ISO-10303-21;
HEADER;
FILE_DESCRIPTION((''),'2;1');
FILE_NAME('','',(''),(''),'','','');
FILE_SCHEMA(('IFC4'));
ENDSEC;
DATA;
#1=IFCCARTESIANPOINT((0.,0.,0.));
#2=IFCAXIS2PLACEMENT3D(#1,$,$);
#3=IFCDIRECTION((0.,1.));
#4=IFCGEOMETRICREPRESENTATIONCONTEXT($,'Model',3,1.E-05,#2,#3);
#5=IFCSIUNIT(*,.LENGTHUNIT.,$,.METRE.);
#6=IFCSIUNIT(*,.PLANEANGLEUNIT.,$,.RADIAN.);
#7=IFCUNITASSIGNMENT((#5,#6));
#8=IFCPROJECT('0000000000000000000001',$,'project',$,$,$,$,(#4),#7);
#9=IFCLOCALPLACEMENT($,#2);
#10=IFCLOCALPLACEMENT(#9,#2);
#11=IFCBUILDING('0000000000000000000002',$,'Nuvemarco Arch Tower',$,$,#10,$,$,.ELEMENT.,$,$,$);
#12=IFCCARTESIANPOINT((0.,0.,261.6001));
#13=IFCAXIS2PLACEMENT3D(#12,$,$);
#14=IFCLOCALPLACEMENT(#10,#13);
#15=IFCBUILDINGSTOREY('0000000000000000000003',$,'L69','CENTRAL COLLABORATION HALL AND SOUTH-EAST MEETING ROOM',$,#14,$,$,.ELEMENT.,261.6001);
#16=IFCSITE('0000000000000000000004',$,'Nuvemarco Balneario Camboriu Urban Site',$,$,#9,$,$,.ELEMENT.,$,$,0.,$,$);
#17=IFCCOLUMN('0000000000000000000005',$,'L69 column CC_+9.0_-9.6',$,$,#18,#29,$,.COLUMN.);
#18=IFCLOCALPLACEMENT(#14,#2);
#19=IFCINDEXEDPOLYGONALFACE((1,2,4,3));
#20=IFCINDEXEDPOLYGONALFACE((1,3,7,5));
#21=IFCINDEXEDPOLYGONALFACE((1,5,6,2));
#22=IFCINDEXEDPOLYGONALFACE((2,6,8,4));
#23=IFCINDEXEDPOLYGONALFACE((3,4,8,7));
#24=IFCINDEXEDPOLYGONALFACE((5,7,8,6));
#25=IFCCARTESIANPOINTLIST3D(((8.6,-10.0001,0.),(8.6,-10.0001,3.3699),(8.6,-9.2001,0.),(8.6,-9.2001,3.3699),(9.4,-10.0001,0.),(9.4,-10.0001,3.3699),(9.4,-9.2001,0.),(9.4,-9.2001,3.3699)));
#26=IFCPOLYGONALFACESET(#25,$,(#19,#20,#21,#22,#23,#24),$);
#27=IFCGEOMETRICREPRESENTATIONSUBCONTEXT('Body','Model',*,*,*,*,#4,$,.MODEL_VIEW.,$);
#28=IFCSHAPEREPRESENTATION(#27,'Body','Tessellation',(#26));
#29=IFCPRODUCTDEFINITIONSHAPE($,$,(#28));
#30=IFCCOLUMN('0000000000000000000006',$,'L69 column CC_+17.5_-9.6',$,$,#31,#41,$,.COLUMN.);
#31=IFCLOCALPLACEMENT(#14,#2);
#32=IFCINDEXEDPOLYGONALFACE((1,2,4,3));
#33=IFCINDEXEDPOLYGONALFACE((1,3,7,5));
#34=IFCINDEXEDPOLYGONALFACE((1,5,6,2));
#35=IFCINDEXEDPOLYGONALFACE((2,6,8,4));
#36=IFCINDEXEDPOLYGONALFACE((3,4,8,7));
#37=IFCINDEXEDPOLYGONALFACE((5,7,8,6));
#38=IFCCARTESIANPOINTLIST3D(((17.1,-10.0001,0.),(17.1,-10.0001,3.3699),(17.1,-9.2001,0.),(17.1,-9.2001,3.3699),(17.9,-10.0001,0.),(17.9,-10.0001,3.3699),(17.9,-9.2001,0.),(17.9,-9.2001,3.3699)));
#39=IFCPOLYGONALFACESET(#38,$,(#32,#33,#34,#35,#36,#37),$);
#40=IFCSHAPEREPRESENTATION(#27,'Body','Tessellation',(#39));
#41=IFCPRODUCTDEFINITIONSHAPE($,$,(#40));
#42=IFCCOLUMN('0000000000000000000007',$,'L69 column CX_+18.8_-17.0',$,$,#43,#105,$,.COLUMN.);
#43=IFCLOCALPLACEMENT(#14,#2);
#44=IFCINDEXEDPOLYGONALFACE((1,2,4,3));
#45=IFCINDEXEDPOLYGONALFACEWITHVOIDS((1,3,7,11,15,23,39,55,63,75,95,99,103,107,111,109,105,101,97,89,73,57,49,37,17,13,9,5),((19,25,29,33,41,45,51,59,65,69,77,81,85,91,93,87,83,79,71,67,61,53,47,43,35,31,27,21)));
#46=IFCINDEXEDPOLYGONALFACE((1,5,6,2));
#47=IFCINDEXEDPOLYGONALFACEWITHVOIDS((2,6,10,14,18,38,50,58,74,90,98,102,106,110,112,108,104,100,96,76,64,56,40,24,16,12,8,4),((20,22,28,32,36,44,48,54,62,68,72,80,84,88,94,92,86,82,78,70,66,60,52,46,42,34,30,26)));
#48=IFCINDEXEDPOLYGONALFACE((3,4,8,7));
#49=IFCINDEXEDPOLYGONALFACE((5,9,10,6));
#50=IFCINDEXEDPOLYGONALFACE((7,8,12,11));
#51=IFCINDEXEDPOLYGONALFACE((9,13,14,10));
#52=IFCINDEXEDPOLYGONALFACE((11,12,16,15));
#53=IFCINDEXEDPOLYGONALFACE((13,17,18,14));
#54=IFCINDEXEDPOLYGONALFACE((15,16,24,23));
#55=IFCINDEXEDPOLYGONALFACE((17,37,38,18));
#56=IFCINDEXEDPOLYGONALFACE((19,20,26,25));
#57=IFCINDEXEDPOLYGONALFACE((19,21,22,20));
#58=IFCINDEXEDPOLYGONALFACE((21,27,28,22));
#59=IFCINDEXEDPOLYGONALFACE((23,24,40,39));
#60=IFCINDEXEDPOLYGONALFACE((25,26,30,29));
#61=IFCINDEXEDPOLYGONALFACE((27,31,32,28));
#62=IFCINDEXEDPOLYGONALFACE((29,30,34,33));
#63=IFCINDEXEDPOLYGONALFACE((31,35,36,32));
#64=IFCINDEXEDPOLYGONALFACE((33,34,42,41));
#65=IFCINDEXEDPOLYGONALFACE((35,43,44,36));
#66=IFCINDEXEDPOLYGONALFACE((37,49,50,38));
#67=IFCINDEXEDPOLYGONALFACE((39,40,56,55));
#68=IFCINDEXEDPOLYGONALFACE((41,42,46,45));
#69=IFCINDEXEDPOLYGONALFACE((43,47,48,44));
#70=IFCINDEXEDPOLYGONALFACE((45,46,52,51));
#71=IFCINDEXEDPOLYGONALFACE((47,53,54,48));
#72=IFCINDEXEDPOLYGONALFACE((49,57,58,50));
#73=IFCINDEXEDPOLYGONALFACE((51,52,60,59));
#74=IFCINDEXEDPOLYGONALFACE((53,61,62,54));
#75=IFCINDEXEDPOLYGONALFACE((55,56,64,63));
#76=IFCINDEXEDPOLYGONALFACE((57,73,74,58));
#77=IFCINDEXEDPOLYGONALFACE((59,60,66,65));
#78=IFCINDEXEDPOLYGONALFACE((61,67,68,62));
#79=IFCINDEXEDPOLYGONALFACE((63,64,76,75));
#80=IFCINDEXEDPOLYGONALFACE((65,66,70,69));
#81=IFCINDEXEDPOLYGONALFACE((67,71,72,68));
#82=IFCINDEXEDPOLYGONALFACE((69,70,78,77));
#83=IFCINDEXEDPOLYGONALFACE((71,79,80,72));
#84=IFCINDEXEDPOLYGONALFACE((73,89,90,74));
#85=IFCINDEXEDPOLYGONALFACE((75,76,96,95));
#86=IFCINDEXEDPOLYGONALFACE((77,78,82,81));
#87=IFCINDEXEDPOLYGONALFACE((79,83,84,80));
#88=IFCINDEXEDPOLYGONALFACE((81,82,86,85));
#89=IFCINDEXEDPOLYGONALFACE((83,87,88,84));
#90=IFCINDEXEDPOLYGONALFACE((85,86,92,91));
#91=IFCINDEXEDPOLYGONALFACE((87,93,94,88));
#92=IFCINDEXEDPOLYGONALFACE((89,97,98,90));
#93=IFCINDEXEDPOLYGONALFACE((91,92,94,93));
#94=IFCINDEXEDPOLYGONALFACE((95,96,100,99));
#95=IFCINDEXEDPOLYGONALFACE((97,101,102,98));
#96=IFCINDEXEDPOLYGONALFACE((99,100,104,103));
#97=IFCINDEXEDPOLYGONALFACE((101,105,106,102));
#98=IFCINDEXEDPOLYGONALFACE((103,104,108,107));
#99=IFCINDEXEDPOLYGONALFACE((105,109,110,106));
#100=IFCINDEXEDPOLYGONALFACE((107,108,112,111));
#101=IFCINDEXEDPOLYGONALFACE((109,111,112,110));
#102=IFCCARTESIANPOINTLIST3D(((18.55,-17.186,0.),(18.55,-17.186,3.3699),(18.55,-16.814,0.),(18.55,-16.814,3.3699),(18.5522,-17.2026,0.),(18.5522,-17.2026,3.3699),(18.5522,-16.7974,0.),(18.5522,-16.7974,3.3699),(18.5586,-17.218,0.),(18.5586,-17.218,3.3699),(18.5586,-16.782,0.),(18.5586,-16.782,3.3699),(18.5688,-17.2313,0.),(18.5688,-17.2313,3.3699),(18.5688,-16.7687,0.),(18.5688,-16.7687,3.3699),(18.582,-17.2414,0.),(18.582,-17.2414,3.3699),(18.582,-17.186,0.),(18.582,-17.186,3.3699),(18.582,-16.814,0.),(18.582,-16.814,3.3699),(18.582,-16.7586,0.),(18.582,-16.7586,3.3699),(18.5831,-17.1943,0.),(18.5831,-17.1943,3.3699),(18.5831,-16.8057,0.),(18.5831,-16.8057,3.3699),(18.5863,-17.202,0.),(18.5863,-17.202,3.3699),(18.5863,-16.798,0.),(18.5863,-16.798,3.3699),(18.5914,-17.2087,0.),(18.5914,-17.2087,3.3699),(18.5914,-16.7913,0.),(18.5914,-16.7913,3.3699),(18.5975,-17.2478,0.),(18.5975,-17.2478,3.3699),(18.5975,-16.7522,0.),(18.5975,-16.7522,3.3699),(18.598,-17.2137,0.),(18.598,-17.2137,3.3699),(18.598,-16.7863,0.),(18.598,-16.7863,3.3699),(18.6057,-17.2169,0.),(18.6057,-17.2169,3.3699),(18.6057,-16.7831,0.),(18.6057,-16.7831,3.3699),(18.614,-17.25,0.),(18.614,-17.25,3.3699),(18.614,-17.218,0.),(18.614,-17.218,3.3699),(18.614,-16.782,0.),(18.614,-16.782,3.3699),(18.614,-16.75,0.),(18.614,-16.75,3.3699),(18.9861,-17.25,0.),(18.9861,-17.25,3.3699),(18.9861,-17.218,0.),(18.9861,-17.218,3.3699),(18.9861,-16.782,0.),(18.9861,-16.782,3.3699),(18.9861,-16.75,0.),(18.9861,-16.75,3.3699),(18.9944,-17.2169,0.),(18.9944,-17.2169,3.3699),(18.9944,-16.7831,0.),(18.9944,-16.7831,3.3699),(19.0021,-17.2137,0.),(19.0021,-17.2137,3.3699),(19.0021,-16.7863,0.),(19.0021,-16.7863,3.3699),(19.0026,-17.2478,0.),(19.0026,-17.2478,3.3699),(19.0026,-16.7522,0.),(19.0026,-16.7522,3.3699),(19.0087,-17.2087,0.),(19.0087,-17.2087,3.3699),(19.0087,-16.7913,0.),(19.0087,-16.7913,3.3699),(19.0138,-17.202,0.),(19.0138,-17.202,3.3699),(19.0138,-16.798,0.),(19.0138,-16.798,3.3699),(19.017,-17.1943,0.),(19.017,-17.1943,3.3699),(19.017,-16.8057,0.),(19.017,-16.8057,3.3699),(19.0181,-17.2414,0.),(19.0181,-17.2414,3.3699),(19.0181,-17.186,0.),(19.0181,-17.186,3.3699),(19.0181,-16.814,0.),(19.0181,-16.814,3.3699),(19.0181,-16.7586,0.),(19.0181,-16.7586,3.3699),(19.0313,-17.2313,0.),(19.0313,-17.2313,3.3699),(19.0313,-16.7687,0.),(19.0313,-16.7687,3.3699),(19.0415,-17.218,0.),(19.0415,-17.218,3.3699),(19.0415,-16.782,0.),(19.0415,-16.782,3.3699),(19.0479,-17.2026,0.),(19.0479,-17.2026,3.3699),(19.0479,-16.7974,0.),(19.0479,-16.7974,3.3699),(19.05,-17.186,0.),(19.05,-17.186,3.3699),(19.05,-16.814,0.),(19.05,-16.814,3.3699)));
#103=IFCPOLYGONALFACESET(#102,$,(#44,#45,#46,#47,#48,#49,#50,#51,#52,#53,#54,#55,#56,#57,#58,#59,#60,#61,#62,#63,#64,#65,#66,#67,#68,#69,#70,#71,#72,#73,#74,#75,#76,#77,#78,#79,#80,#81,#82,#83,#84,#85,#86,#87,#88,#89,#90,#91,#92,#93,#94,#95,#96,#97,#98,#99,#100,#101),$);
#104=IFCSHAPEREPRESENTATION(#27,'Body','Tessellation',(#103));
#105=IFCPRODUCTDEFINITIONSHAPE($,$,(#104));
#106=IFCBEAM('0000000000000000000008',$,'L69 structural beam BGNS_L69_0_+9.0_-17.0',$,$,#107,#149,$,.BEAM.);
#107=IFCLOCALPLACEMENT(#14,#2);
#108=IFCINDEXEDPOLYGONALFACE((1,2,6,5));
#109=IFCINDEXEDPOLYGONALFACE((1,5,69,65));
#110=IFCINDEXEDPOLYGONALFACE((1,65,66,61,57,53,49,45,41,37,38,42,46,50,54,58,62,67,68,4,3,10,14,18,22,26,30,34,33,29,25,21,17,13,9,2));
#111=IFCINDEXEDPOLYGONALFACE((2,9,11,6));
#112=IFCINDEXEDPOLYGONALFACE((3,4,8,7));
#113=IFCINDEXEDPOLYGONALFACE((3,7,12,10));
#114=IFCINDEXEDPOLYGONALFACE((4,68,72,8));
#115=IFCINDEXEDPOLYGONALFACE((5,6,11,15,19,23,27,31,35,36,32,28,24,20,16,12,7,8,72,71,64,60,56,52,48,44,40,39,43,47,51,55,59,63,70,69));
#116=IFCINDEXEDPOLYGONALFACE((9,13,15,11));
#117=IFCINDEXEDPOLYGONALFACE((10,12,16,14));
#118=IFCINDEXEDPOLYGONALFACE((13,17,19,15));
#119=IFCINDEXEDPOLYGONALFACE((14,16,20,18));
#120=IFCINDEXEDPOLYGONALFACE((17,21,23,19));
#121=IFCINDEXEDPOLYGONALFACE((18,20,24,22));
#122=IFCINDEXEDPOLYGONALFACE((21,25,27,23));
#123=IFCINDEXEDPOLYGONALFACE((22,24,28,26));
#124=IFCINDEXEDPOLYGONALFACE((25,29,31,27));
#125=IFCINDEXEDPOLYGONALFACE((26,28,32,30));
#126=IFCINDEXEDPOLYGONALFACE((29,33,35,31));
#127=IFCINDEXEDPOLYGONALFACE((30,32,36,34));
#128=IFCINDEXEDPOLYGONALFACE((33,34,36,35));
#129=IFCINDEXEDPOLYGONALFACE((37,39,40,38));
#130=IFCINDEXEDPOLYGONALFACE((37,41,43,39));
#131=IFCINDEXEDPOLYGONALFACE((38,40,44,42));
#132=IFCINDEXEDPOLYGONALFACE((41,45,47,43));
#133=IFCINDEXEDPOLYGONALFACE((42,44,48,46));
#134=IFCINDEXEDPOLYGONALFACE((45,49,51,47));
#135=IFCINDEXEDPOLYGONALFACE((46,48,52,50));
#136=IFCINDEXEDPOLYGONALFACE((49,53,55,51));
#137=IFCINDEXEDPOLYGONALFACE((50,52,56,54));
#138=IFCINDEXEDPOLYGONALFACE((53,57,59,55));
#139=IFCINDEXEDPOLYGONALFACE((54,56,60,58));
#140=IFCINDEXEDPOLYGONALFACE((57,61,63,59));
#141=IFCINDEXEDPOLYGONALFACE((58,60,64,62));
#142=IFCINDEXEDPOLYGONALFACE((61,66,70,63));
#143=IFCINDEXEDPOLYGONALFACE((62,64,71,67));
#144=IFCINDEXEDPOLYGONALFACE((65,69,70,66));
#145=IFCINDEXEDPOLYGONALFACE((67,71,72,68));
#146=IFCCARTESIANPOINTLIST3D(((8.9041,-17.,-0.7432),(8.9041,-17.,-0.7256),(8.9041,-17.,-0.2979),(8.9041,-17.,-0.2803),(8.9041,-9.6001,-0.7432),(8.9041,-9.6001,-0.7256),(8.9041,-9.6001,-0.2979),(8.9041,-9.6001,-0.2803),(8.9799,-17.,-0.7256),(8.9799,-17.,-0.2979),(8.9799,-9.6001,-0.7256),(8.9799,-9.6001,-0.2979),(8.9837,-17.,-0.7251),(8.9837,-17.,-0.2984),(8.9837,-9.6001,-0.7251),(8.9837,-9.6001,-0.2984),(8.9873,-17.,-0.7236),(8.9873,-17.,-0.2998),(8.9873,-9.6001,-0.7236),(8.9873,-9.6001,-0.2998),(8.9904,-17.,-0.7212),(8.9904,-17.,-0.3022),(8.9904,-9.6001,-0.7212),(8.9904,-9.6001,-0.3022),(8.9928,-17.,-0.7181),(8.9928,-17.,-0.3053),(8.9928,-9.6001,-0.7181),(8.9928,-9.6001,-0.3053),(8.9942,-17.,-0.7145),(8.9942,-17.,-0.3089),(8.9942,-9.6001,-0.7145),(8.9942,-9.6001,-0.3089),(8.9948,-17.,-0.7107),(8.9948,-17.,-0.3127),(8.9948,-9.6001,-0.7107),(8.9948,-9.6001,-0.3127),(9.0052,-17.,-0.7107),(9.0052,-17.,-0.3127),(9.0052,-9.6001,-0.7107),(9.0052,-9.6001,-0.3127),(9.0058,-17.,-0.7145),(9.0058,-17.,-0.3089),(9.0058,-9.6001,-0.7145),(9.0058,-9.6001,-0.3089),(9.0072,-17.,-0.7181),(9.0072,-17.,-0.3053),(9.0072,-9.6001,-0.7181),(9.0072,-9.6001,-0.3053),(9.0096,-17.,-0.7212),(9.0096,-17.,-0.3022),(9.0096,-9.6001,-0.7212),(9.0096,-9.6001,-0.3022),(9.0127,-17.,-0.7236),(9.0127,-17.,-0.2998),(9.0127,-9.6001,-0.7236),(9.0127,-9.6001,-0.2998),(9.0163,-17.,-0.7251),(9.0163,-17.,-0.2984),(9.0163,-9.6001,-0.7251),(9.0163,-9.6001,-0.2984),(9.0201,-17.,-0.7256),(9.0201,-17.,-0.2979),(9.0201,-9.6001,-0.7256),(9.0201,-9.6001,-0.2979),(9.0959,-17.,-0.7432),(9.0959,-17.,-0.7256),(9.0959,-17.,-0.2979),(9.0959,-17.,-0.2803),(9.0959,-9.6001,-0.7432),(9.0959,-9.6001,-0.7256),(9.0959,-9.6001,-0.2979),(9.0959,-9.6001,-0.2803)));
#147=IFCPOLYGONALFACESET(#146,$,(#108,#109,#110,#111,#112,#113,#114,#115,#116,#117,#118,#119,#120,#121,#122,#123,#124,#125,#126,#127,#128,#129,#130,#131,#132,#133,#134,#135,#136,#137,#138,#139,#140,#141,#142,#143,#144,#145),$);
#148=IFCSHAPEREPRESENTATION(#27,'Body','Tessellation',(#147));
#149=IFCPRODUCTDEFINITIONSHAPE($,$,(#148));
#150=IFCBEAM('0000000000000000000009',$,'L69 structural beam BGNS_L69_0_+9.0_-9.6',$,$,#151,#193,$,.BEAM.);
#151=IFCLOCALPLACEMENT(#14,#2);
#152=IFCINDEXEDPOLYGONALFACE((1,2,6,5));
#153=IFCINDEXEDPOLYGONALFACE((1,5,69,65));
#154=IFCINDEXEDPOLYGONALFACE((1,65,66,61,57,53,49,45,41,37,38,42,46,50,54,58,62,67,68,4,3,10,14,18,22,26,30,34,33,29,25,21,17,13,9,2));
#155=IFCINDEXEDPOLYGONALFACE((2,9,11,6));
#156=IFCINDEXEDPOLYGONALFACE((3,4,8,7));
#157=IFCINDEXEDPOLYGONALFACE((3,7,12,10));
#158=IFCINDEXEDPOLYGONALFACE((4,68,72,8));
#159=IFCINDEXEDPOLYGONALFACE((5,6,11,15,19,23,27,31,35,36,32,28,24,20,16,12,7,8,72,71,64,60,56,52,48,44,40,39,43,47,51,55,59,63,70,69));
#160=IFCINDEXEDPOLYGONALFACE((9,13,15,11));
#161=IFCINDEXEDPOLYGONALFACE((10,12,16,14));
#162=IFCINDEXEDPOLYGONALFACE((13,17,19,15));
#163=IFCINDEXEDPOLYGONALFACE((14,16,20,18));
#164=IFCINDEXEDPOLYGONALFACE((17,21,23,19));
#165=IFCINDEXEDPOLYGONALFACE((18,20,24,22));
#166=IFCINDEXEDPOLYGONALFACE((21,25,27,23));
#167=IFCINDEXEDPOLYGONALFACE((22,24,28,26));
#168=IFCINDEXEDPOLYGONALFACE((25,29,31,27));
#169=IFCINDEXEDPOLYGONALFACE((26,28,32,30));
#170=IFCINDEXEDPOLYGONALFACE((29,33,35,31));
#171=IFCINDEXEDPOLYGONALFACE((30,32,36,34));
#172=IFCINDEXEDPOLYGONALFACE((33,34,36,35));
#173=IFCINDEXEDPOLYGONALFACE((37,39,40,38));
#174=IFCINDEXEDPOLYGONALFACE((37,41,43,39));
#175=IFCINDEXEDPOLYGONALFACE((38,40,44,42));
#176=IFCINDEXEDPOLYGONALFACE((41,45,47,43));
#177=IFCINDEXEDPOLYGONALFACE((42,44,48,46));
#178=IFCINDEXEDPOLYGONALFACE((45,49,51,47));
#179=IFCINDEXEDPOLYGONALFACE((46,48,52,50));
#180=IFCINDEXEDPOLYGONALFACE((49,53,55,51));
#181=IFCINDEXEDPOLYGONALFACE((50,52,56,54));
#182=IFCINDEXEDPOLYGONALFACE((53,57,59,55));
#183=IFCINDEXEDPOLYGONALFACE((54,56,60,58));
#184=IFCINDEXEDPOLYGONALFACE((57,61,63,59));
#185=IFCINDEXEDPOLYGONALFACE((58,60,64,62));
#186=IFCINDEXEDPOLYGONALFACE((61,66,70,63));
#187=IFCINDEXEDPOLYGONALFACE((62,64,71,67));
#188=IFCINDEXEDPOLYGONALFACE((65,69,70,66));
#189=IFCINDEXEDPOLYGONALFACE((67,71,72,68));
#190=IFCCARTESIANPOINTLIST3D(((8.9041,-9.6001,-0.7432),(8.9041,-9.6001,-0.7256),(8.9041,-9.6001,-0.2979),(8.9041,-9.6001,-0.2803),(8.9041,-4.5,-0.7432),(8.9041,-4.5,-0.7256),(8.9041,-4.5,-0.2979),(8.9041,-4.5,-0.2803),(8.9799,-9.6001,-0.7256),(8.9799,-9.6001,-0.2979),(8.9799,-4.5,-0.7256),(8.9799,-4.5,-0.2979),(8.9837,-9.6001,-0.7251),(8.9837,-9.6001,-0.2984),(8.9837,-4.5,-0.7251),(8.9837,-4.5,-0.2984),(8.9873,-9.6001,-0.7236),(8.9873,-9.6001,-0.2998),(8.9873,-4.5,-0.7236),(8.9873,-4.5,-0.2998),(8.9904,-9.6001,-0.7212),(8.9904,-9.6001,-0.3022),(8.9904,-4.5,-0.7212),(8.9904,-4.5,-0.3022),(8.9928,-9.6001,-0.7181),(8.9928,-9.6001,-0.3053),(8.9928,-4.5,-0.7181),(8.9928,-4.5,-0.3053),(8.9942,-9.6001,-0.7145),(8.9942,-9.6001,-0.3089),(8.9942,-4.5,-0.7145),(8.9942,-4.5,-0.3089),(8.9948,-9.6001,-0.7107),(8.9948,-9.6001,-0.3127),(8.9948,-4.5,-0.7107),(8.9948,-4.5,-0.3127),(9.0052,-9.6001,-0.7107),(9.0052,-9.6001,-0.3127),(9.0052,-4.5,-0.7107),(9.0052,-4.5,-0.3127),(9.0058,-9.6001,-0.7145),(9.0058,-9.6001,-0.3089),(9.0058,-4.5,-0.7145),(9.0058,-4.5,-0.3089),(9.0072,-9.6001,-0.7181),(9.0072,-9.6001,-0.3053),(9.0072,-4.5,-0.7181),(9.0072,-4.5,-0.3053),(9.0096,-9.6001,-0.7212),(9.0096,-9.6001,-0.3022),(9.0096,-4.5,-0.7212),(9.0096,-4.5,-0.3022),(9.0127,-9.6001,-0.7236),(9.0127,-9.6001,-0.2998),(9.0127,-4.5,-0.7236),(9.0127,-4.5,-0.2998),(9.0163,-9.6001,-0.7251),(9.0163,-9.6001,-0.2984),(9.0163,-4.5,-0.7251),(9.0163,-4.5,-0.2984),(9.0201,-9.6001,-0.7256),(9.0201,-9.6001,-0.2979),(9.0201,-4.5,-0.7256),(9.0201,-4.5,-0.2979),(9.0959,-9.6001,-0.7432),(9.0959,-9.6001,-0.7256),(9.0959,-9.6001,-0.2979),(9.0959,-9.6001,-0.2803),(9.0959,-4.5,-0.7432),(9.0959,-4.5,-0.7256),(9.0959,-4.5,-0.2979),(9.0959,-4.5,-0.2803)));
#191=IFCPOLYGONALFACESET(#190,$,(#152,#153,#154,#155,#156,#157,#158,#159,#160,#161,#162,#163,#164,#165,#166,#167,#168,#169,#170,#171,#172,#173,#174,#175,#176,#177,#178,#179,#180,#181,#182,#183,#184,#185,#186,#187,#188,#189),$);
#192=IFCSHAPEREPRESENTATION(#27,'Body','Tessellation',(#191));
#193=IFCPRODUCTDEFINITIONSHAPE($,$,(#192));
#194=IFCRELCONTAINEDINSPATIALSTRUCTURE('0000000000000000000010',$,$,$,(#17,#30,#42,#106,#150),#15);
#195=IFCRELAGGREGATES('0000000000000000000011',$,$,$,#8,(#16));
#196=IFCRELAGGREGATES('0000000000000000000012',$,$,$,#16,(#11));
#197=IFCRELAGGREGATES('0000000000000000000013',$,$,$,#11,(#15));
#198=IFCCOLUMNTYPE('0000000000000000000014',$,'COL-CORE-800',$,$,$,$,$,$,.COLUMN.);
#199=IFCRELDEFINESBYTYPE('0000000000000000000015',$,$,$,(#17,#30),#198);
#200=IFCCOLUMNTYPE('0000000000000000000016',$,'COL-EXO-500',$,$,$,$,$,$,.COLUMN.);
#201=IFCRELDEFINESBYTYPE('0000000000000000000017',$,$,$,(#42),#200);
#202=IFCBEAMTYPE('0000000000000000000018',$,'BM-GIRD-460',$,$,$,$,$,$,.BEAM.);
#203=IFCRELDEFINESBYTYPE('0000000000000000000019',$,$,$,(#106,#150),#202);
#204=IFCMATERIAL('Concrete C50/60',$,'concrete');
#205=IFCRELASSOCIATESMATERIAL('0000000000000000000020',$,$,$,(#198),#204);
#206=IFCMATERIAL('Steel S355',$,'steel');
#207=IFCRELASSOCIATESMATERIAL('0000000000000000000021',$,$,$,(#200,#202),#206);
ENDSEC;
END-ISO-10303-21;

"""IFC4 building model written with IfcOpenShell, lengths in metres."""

from ifc_helpers import new_model, si_unit, direction, frame, origin, origin_2d, place, context, subcontext, project, spatial, rectangle, hollow_rectangle, i_section, extrude, material, material_profile, profile_set, type_object, element, save


model = new_model("IFC4")

# Units and contexts
model_context = context("Model", 3, precision=1e-05, world=origin(), true_north=direction((0.0, 1.0)))
body_context = subcontext(model_context, "Body", "Model", "MODEL_VIEW")
ifc_project = project(units=[si_unit("LENGTHUNIT", "METRE"), si_unit("PLANEANGLEUNIT", "RADIAN")], contexts=[model_context])

# Site, building, storey
site_placement = place(None, origin())
site = spatial("IfcSite", under=ifc_project, at=site_placement, Name="Nuvemarco Balneario Camboriu Urban Site", CompositionType="ELEMENT", RefElevation=0.0)
building_placement = place(site_placement, origin())
building = spatial("IfcBuilding", under=site, at=building_placement, Name="Nuvemarco Arch Tower", CompositionType="ELEMENT")
storey_placement = place(building_placement, frame((0.0, 0.0, 261.6001)))
storey = spatial("IfcBuildingStorey", under=building, at=storey_placement, Name="L69", Description="CENTRAL COLLABORATION HALL AND SOUTH-EAST MEETING ROOM", CompositionType="ELEMENT", Elevation=261.6001)

# Columns
ifc_material_1 = material(Name="Concrete C50/60", Category="concrete")
ifc_material_profile_1 = material_profile(ifc_material_1, rectangle(XDim=0.8, YDim=0.8, at=origin_2d()), Name="RC-COL-800x800")
ifc_profile_set_1 = profile_set([ifc_material_profile_1], Name="Concrete C50/60")
column_type_1 = type_object("IfcColumnType", Name="COL-CORE-800", PredefinedType="COLUMN", material=ifc_profile_set_1)
for number, where, z_axis, x_axis, name in (
    (1, (9.0, -9.6001, 0.0), (0.0, 0.0, 1.0), (1.0, 0.0, 0.0), "L69 column CC_+9.0_-9.6"),
    (2, (17.5, -9.6001, 0.0), (0.0, 0.0, 1.0), (1.0, 0.0, 0.0), "L69 column CC_+17.5_-9.6"),
):
    element("IfcColumn", number, at=place(storey_placement, frame(where, z_axis=z_axis, x_axis=x_axis)), inside=storey, type_object=column_type_1, Name=name, PredefinedType="COLUMN", context=body_context, shape_type="SweptSolid", body=[
        extrude(rectangle(XDim=0.8, YDim=0.8, at=origin_2d()), origin(), (0.0, 0.0, 1.0), 3.3699),
    ])
ifc_material_2 = material(Name="Steel S355", Category="steel")
ifc_material_profile_2 = material_profile(ifc_material_2, hollow_rectangle(XDim=0.5, YDim=0.5, WallThickness=0.032, InnerFilletRadius=0.032, OuterFilletRadius=0.064, at=origin_2d()), Name="SHS500x500x32")
ifc_profile_set_2 = profile_set([ifc_material_profile_2], Name="Steel S355")
column_type_2 = type_object("IfcColumnType", Name="COL-EXO-500", PredefinedType="COLUMN", material=ifc_profile_set_2)
column_placement = place(storey_placement, frame((18.8, -17.0, 0.0), z_axis=(0.0, 0.0, 1.0), x_axis=(1.0, 0.0, 0.0)))
element("IfcColumn", 3, at=column_placement, inside=storey, type_object=column_type_2, Name="L69 column CX_+18.8_-17.0", PredefinedType="COLUMN", context=body_context, shape_type="SweptSolid", body=[
    extrude(hollow_rectangle(XDim=0.5, YDim=0.5, WallThickness=0.032, InnerFilletRadius=0.032, OuterFilletRadius=0.064, at=origin_2d()), origin(), (0.0, 0.0, 1.0), 3.3699),
])

# Beams
ifc_material_profile_3 = material_profile(ifc_material_2, i_section(OverallWidth=0.1919, OverallDepth=0.4629, WebThickness=0.0105, FlangeThickness=0.0176, FilletRadius=0.0149, at=origin_2d()), Name="W460x89")
ifc_profile_set_3 = profile_set([ifc_material_profile_3], Name="Steel S355")
beam_type_1 = type_object("IfcBeamType", Name="BM-GIRD-460", PredefinedType="BEAM", material=ifc_profile_set_3)
beam_1_placement = place(storey_placement, frame((9.0, -17.0, -0.5117), z_axis=(0.0, 1.0, 0.0), x_axis=(-1.0, 0.0, 0.0)))
element("IfcBeam", 4, at=beam_1_placement, inside=storey, type_object=beam_type_1, Name="L69 structural beam BGNS_L69_0_+9.0_-17.0", PredefinedType="BEAM", context=body_context, shape_type="SweptSolid", body=[
    extrude(i_section(OverallWidth=0.1919, OverallDepth=0.4629, WebThickness=0.0105, FlangeThickness=0.0176, FilletRadius=0.0149, at=origin_2d()), origin(), (0.0, 0.0, 1.0), 7.3999),
])
beam_2_placement = place(storey_placement, frame((9.0, -9.6001, -0.5117), z_axis=(0.0, 1.0, 0.0), x_axis=(-1.0, 0.0, 0.0)))
element("IfcBeam", 5, at=beam_2_placement, inside=storey, type_object=beam_type_1, Name="L69 structural beam BGNS_L69_0_+9.0_-9.6", PredefinedType="BEAM", context=body_context, shape_type="SweptSolid", body=[
    extrude(i_section(OverallWidth=0.1919, OverallDepth=0.4629, WebThickness=0.0105, FlangeThickness=0.0176, FilletRadius=0.0149, at=origin_2d()), origin(), (0.0, 0.0, 1.0), 5.1001),
])

save(model, "model.ifc")
